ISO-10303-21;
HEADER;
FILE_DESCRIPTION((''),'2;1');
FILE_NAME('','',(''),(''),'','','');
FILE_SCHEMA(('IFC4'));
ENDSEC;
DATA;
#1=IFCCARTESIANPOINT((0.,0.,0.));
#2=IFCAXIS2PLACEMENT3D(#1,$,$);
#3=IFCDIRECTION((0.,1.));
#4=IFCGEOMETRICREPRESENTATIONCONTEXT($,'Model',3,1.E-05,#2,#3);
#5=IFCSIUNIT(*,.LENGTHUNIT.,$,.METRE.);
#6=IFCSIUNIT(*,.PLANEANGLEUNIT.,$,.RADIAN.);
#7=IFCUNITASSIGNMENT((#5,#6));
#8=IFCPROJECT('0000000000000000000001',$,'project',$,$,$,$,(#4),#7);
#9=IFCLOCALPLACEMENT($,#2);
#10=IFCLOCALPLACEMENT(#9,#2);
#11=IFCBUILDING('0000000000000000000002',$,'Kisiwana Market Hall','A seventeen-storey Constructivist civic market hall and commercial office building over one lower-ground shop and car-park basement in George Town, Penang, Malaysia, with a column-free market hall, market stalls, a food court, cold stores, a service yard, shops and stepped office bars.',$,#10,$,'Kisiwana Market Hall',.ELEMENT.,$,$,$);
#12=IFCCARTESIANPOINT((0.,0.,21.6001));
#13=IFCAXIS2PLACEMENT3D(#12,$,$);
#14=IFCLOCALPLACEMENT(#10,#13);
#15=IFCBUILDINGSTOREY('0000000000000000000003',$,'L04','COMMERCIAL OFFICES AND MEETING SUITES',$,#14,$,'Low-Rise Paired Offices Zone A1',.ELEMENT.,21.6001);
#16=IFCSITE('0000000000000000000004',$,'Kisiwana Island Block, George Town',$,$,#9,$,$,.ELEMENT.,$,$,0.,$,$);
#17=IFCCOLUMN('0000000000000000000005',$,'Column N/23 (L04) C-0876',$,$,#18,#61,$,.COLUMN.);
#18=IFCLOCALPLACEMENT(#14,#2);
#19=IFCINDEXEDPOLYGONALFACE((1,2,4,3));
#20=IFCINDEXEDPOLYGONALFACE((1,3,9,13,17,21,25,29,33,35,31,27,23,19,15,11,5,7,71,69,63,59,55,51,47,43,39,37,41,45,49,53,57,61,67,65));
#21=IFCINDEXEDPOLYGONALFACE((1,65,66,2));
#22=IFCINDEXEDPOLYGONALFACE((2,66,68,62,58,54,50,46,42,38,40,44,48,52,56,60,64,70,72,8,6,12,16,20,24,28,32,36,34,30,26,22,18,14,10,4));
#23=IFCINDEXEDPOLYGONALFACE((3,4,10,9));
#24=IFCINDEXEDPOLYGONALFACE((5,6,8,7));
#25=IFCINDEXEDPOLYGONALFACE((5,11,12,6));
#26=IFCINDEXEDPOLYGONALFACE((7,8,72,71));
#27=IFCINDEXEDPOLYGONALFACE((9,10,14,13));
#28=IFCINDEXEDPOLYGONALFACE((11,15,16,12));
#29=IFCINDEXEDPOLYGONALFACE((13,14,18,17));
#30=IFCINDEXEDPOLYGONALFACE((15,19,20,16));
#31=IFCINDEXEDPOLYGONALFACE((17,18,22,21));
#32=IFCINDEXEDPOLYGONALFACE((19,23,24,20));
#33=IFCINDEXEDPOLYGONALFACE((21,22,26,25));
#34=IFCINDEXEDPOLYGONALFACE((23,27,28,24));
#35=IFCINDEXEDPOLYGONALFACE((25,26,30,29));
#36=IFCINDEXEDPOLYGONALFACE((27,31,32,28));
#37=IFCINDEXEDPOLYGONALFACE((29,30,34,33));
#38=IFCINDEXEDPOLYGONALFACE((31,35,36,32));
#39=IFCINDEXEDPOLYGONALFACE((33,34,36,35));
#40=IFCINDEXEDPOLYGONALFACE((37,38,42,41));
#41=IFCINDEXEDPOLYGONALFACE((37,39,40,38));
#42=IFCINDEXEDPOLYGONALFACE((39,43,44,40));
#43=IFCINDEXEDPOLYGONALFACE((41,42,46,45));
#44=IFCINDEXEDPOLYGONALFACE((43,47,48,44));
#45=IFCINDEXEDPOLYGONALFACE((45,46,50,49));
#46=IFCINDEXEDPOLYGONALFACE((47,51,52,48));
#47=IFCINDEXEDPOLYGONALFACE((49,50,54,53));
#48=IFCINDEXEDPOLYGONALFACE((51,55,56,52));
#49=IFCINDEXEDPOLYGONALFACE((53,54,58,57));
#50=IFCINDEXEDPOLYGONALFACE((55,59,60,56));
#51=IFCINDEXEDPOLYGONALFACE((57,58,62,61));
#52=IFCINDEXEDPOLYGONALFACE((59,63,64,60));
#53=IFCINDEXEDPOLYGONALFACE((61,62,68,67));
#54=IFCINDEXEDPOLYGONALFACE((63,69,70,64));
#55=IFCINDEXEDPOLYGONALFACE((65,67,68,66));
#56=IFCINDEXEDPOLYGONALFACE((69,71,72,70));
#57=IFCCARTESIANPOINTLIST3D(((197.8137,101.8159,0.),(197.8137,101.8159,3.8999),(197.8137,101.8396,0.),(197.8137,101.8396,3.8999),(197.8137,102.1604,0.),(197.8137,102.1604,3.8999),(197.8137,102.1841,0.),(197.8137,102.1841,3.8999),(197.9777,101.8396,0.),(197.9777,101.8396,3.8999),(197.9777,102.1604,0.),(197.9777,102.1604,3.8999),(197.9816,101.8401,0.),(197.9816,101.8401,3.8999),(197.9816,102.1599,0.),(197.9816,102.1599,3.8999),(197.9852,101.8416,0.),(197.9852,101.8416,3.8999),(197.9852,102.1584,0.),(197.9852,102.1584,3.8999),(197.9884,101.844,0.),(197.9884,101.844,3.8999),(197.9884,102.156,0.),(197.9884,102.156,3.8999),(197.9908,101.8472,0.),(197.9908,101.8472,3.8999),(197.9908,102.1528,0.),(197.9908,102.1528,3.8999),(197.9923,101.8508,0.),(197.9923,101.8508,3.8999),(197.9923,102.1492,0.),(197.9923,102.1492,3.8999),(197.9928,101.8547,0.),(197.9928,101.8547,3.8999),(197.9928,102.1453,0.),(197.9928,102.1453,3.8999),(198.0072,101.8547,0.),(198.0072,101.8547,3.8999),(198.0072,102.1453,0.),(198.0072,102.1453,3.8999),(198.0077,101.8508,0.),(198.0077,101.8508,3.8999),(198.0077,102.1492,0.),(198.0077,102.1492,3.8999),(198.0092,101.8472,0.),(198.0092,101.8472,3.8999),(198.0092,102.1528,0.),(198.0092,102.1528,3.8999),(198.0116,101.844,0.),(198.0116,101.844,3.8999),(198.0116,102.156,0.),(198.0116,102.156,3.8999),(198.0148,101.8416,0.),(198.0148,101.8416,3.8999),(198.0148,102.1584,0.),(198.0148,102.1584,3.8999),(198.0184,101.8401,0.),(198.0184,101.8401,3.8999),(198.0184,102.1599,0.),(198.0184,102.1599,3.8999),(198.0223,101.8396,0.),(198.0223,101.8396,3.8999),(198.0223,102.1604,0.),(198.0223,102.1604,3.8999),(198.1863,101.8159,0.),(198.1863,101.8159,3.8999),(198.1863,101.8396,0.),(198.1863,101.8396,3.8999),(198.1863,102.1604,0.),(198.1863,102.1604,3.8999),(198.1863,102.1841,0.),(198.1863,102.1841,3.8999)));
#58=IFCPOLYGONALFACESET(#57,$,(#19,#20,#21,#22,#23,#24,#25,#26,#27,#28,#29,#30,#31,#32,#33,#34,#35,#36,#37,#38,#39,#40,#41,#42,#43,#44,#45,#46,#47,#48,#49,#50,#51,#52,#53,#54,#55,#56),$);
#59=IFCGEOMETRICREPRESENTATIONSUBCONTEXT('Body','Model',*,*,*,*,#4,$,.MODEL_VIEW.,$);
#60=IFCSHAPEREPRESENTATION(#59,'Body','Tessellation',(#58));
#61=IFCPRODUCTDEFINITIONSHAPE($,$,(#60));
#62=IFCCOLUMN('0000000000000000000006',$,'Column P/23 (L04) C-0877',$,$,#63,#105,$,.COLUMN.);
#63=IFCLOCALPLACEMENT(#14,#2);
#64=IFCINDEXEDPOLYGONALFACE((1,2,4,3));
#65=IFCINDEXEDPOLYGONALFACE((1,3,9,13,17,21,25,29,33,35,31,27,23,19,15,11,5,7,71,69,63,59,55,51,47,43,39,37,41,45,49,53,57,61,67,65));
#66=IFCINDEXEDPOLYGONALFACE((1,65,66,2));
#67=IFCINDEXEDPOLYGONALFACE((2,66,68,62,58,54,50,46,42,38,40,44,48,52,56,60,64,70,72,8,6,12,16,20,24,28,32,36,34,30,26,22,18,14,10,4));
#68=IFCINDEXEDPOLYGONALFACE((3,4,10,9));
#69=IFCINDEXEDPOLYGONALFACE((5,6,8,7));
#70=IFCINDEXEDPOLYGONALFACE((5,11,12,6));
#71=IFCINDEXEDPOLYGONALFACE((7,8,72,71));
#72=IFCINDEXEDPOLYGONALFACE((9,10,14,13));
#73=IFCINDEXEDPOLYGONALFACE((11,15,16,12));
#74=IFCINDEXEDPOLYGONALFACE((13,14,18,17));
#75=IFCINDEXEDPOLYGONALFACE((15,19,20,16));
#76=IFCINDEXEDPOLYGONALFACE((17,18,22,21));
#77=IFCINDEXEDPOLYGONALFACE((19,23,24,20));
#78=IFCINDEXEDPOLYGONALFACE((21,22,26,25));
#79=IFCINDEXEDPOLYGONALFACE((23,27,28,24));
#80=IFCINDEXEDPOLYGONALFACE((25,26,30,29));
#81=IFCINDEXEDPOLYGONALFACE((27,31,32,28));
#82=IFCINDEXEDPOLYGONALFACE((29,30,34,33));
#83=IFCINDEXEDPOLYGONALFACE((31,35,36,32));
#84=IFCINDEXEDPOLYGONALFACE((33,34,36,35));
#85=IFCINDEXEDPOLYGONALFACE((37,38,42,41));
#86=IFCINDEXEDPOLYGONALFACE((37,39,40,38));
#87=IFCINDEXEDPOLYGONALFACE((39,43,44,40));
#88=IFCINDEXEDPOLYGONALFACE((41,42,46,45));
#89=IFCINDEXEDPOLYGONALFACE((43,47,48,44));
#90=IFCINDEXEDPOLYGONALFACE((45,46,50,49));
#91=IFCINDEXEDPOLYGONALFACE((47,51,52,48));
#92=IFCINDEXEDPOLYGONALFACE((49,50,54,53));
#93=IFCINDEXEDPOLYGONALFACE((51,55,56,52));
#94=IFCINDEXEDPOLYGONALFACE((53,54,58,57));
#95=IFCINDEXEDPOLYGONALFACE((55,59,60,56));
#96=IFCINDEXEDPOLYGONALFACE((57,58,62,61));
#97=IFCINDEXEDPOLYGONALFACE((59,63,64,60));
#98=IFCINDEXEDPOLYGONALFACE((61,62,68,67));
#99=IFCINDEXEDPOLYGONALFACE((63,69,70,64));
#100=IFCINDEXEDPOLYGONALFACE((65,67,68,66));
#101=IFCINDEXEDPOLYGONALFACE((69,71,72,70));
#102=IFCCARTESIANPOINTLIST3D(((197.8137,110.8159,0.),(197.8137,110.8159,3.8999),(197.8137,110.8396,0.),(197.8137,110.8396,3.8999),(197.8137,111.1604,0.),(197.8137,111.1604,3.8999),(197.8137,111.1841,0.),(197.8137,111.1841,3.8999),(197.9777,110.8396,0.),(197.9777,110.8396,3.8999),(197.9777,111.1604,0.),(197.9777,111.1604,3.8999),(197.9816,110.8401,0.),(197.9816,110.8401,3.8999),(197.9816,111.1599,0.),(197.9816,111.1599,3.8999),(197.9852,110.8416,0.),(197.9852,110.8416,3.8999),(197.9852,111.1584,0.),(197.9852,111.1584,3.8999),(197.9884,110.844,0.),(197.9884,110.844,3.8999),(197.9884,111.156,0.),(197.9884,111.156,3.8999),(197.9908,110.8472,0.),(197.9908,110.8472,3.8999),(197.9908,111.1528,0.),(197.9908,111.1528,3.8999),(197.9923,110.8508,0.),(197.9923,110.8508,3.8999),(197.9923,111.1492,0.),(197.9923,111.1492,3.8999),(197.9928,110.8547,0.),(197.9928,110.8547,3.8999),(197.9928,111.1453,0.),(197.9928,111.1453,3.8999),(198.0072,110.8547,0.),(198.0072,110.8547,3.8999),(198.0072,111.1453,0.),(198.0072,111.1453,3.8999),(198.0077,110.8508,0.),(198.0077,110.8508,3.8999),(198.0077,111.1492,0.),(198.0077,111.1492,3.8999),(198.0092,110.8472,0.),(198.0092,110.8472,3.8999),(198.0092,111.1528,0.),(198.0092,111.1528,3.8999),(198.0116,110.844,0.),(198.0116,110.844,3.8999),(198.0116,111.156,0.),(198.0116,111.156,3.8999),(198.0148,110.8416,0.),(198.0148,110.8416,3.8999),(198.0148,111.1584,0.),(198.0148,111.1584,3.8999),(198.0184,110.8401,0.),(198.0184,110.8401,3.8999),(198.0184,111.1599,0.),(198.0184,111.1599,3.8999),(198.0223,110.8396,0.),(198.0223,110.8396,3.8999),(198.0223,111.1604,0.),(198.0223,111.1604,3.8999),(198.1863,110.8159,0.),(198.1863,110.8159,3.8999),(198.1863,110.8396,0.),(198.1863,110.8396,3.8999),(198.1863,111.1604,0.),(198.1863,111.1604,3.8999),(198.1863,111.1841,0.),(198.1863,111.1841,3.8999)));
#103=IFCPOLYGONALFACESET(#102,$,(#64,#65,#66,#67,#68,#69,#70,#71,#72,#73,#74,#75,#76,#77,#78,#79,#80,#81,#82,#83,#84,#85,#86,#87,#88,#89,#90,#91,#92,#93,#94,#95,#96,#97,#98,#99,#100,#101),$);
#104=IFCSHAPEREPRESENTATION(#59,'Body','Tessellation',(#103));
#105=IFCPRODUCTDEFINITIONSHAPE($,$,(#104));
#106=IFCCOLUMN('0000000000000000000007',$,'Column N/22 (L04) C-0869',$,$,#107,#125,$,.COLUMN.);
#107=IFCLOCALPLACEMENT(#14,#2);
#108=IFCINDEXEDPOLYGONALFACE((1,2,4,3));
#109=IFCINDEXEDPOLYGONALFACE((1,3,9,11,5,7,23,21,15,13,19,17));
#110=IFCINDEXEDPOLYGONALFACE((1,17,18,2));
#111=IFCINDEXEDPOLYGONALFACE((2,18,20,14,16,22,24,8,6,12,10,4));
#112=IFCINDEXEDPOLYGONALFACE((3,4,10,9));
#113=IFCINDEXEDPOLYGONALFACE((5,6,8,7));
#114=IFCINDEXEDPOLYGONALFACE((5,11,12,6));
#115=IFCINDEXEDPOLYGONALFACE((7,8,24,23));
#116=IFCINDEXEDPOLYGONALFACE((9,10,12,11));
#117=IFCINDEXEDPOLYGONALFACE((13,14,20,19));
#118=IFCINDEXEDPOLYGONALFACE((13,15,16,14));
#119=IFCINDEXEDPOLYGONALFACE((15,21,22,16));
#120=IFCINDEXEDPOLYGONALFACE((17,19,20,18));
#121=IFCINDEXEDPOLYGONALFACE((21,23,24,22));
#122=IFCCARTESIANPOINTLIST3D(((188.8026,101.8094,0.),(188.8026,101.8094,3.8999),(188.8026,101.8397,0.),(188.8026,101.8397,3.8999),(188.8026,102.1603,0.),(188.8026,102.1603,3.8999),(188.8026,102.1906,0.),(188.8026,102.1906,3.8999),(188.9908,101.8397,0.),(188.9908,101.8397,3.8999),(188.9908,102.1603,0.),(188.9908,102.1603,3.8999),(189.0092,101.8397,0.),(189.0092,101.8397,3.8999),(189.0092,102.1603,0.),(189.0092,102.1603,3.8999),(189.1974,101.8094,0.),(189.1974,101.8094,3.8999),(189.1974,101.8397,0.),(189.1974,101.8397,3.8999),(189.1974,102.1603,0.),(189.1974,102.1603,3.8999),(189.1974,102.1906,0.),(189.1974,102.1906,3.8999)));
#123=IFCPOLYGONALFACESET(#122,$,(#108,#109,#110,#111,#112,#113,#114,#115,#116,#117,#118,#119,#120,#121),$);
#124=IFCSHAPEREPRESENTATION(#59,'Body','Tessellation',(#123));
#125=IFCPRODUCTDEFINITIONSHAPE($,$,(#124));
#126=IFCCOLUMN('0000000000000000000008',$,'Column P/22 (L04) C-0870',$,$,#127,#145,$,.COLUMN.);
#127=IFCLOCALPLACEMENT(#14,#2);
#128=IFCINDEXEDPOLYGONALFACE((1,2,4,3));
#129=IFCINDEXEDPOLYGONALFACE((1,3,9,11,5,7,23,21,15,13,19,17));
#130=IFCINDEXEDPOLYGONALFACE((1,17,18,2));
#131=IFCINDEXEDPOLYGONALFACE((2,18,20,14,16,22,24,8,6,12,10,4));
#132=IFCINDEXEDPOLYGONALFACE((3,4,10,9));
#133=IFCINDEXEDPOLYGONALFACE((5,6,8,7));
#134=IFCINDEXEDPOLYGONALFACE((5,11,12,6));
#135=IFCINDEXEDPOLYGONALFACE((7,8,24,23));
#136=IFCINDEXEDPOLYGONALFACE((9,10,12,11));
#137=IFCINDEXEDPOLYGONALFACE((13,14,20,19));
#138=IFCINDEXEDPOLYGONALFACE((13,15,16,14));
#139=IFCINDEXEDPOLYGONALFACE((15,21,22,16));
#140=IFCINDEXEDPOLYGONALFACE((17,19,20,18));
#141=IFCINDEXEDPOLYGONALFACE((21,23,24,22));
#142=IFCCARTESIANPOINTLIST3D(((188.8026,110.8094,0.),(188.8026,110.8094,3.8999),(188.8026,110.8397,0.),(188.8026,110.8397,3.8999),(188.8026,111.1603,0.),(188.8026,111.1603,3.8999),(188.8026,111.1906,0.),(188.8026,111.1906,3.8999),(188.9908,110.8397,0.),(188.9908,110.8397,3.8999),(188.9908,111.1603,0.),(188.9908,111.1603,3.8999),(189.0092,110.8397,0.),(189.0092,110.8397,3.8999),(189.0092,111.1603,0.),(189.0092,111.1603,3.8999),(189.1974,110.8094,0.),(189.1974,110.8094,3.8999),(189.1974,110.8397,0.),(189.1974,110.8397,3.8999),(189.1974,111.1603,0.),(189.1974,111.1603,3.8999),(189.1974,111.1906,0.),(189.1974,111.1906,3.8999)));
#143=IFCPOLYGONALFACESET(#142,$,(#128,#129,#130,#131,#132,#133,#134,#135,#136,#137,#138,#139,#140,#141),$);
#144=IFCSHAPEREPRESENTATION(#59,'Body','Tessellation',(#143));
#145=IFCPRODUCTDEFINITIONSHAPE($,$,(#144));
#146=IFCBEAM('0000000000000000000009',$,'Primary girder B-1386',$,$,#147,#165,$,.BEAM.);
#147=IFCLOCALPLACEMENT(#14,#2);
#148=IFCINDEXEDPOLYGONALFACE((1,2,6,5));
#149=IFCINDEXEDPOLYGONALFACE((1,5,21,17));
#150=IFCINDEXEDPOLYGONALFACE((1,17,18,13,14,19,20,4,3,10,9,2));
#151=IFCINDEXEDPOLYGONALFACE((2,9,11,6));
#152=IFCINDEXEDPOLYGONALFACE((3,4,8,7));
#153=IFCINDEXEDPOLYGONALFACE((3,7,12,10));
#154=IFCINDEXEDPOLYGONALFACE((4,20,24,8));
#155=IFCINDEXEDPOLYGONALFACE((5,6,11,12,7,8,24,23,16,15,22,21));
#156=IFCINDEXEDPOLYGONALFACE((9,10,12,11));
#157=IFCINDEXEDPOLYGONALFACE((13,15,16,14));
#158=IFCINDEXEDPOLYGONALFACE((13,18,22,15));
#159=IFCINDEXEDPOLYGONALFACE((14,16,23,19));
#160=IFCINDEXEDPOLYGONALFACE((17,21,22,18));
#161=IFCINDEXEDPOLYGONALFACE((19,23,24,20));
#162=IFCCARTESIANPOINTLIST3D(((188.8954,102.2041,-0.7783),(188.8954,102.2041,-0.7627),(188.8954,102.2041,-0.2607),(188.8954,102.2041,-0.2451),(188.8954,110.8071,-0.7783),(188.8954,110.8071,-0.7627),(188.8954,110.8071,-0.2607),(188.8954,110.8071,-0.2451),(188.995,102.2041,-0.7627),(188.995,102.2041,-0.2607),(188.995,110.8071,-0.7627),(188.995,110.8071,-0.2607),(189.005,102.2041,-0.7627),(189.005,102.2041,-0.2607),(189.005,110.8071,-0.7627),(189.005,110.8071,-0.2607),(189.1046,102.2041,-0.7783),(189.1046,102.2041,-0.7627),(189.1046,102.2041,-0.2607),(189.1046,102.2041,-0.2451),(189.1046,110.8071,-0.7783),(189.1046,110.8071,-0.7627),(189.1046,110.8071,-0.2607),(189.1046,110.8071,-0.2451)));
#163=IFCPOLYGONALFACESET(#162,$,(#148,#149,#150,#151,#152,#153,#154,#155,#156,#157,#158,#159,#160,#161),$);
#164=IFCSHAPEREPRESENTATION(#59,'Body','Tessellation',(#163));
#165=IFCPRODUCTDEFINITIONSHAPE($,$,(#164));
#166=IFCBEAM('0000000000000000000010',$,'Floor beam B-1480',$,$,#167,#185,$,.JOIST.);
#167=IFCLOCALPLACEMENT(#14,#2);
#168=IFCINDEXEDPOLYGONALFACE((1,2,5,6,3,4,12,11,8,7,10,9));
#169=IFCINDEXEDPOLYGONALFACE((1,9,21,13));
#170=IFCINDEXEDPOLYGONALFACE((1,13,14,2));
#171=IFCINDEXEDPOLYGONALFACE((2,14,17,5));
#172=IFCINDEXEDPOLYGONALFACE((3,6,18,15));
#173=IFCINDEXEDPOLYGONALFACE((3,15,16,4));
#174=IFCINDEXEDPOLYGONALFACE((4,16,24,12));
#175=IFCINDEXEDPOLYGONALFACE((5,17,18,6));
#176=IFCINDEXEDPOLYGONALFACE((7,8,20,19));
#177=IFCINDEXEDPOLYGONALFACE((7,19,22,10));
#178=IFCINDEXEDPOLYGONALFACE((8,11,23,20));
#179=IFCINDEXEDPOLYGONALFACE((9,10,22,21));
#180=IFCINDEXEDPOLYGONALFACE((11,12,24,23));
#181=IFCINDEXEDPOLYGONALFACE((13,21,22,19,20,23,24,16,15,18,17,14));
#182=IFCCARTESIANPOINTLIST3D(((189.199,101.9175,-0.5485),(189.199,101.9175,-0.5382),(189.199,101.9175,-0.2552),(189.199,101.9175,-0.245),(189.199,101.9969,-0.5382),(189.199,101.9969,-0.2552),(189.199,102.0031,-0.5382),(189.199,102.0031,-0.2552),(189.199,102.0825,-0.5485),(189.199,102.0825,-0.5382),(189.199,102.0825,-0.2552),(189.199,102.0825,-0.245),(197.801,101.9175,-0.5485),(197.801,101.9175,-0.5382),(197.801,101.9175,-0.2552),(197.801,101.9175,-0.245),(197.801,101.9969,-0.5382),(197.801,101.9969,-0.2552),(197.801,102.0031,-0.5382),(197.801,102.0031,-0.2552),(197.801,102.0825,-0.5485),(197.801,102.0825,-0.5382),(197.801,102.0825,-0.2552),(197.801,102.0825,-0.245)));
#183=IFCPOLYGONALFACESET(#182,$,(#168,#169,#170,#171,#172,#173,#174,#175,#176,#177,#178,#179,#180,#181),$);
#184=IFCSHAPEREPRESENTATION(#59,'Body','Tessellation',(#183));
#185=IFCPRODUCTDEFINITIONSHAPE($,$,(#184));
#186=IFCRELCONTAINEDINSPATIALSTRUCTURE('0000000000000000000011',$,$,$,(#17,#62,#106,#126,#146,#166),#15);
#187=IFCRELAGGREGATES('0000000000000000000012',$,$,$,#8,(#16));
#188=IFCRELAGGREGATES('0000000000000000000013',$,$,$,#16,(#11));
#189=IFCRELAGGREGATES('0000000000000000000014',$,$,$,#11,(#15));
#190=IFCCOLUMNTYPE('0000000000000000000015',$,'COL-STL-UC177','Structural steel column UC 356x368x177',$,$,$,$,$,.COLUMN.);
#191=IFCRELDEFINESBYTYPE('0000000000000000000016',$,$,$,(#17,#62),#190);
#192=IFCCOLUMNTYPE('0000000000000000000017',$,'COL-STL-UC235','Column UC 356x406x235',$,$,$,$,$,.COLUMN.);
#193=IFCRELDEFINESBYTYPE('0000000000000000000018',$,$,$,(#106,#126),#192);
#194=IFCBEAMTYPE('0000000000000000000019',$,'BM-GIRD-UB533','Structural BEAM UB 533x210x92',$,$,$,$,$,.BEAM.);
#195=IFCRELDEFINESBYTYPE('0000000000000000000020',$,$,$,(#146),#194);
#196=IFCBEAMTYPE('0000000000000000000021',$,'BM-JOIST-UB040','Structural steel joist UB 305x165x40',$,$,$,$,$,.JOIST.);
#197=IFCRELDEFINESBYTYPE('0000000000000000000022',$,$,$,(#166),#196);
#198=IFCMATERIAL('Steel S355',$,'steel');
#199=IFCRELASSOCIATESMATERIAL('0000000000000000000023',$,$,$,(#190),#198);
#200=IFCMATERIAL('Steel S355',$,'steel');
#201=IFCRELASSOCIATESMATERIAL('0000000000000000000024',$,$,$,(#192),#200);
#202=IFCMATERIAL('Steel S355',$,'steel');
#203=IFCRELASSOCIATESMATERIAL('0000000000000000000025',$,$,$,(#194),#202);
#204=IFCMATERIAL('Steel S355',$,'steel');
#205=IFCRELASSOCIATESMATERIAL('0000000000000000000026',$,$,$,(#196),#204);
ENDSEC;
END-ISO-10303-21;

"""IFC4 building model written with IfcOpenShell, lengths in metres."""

from ifc_helpers import new_model, si_unit, direction, frame, origin, origin_2d, place, context, subcontext, project, spatial, i_section, extrude, material, material_profile, profile_set, type_object, element, save


model = new_model("IFC4")

# Units and contexts
model_context = context("Model", 3, precision=1e-05, world=origin(), true_north=direction((0.0, 1.0)))
body_context = subcontext(model_context, "Body", "Model", "MODEL_VIEW")
ifc_project = project(units=[si_unit("LENGTHUNIT", "METRE"), si_unit("PLANEANGLEUNIT", "RADIAN")], contexts=[model_context])

# Site, building, storey
site_placement = place(None, origin())
site = spatial("IfcSite", under=ifc_project, at=site_placement, Name="Kisiwana Island Block, George Town", CompositionType="ELEMENT", RefElevation=0.0)
building_placement = place(site_placement, origin())
building = spatial("IfcBuilding", under=site, at=building_placement, Name="Kisiwana Market Hall", Description="A seventeen-storey Constructivist civic market hall and commercial office building over one lower-ground shop and car-park basement in George Town, Penang, Malaysia, with a column-free market hall, market stalls, a food court, cold stores, a service yard, shops and stepped office bars.", LongName="Kisiwana Market Hall", CompositionType="ELEMENT")
storey_placement = place(building_placement, frame((0.0, 0.0, 21.6001)))
storey = spatial("IfcBuildingStorey", under=building, at=storey_placement, Name="L04", Description="COMMERCIAL OFFICES AND MEETING SUITES", LongName="Low-Rise Paired Offices Zone A1", CompositionType="ELEMENT", Elevation=21.6001)

# Columns
ifc_material_1 = material(Name="Steel S355", Category="steel")
ifc_material_profile_1 = material_profile(ifc_material_1, i_section(OverallWidth=0.3726, OverallDepth=0.3682, WebThickness=0.0144, FlangeThickness=0.0237, FilletRadius=0.0151, at=origin_2d()), Name="UC 356x368x177")
ifc_profile_set_1 = profile_set([ifc_material_profile_1], Name="Steel S355")
column_type_1 = type_object("IfcColumnType", Name="COL-STL-UC177", Description="Structural steel column UC 356x368x177", PredefinedType="COLUMN", material=ifc_profile_set_1)
for number, where, z_axis, x_axis, name in (
    (1, (198.0, 102.0, 0.0), (0.0, 0.0, 1.0), (1.0, 0.0, 0.0), "Column N/23 (L04) C-0876"),
    (2, (198.0, 111.0, 0.0), (0.0, 0.0, 1.0), (1.0, 0.0, 0.0), "Column P/23 (L04) C-0877"),
):
    element("IfcColumn", number, at=place(storey_placement, frame(where, z_axis=z_axis, x_axis=x_axis)), inside=storey, type_object=column_type_1, Name=name, PredefinedType="COLUMN", context=body_context, shape_type="SweptSolid", body=[
        extrude(i_section(OverallWidth=0.3726, OverallDepth=0.3682, WebThickness=0.0144, FlangeThickness=0.0237, FilletRadius=0.0151, at=origin_2d()), origin(), (0.0, 0.0, 1.0), 3.8999),
    ])
ifc_material_2 = material(Name="Steel S355", Category="steel")
ifc_material_profile_2 = material_profile(ifc_material_2, i_section(OverallWidth=0.3948, OverallDepth=0.3811, WebThickness=0.0183, FlangeThickness=0.0303, at=origin_2d()), Name="UC 356x406x235")
ifc_profile_set_2 = profile_set([ifc_material_profile_2], Name="Steel S355")
column_type_2 = type_object("IfcColumnType", Name="COL-STL-UC235", Description="Column UC 356x406x235", PredefinedType="COLUMN", material=ifc_profile_set_2)
for number, where, z_axis, x_axis, name in (
    (3, (189.0, 102.0, 0.0), (0.0, 0.0, 1.0), (1.0, 0.0, 0.0), "Column N/22 (L04) C-0869"),
    (4, (189.0, 111.0, 0.0), (0.0, 0.0, 1.0), (1.0, 0.0, 0.0), "Column P/22 (L04) C-0870"),
):
    element("IfcColumn", number, at=place(storey_placement, frame(where, z_axis=z_axis, x_axis=x_axis)), inside=storey, type_object=column_type_2, Name=name, PredefinedType="COLUMN", context=body_context, shape_type="SweptSolid", body=[
        extrude(i_section(OverallWidth=0.3948, OverallDepth=0.3811, WebThickness=0.0183, FlangeThickness=0.0303, at=origin_2d()), origin(), (0.0, 0.0, 1.0), 3.8999),
    ])

# Beams
ifc_material_3 = material(Name="Steel S355", Category="steel")
ifc_material_profile_3 = material_profile(ifc_material_3, i_section(OverallWidth=0.2092, OverallDepth=0.5332, WebThickness=0.01, FlangeThickness=0.0156, at=origin_2d()), Name="UB 533x210x92")
ifc_profile_set_3 = profile_set([ifc_material_profile_3], Name="Steel S355")
beam_type_1 = type_object("IfcBeamType", Name="BM-GIRD-UB533", Description="Structural BEAM UB 533x210x92", PredefinedType="BEAM", material=ifc_profile_set_3)
beam_1_placement = place(storey_placement, frame((189.0, 102.2041, -0.5117), z_axis=(0.0, 1.0, 0.0), x_axis=(-1.0, 0.0, 0.0)))
element("IfcBeam", 5, at=beam_1_placement, inside=storey, type_object=beam_type_1, Name="Primary girder B-1386", PredefinedType="BEAM", context=body_context, shape_type="SweptSolid", body=[
    extrude(i_section(OverallWidth=0.2092, OverallDepth=0.5332, WebThickness=0.01, FlangeThickness=0.0156, at=origin_2d()), origin(), (0.0, 0.0, 1.0), 8.603),
])
ifc_material_4 = material(Name="Steel S355", Category="steel")
ifc_material_profile_4 = material_profile(ifc_material_4, i_section(OverallWidth=0.165, OverallDepth=0.3035, WebThickness=0.0061, FlangeThickness=0.0103, at=origin_2d()), Name="UB 305x165x40")
ifc_profile_set_4 = profile_set([ifc_material_profile_4], Name="Steel S355")
beam_type_2 = type_object("IfcBeamType", Name="BM-JOIST-UB040", Description="Structural steel joist UB 305x165x40", PredefinedType="JOIST", material=ifc_profile_set_4)
beam_2_placement = place(storey_placement, frame((189.199, 102.0, -0.3967), z_axis=(1.0, 0.0, 0.0), x_axis=(0.0, 1.0, 0.0)))
element("IfcBeam", 6, at=beam_2_placement, inside=storey, type_object=beam_type_2, Name="Floor beam B-1480", PredefinedType="JOIST", context=body_context, shape_type="SweptSolid", body=[
    extrude(i_section(OverallWidth=0.165, OverallDepth=0.3035, WebThickness=0.0061, FlangeThickness=0.0103, at=origin_2d()), origin(), (0.0, 0.0, 1.0), 8.6021),
])

save(model, "model.ifc")
